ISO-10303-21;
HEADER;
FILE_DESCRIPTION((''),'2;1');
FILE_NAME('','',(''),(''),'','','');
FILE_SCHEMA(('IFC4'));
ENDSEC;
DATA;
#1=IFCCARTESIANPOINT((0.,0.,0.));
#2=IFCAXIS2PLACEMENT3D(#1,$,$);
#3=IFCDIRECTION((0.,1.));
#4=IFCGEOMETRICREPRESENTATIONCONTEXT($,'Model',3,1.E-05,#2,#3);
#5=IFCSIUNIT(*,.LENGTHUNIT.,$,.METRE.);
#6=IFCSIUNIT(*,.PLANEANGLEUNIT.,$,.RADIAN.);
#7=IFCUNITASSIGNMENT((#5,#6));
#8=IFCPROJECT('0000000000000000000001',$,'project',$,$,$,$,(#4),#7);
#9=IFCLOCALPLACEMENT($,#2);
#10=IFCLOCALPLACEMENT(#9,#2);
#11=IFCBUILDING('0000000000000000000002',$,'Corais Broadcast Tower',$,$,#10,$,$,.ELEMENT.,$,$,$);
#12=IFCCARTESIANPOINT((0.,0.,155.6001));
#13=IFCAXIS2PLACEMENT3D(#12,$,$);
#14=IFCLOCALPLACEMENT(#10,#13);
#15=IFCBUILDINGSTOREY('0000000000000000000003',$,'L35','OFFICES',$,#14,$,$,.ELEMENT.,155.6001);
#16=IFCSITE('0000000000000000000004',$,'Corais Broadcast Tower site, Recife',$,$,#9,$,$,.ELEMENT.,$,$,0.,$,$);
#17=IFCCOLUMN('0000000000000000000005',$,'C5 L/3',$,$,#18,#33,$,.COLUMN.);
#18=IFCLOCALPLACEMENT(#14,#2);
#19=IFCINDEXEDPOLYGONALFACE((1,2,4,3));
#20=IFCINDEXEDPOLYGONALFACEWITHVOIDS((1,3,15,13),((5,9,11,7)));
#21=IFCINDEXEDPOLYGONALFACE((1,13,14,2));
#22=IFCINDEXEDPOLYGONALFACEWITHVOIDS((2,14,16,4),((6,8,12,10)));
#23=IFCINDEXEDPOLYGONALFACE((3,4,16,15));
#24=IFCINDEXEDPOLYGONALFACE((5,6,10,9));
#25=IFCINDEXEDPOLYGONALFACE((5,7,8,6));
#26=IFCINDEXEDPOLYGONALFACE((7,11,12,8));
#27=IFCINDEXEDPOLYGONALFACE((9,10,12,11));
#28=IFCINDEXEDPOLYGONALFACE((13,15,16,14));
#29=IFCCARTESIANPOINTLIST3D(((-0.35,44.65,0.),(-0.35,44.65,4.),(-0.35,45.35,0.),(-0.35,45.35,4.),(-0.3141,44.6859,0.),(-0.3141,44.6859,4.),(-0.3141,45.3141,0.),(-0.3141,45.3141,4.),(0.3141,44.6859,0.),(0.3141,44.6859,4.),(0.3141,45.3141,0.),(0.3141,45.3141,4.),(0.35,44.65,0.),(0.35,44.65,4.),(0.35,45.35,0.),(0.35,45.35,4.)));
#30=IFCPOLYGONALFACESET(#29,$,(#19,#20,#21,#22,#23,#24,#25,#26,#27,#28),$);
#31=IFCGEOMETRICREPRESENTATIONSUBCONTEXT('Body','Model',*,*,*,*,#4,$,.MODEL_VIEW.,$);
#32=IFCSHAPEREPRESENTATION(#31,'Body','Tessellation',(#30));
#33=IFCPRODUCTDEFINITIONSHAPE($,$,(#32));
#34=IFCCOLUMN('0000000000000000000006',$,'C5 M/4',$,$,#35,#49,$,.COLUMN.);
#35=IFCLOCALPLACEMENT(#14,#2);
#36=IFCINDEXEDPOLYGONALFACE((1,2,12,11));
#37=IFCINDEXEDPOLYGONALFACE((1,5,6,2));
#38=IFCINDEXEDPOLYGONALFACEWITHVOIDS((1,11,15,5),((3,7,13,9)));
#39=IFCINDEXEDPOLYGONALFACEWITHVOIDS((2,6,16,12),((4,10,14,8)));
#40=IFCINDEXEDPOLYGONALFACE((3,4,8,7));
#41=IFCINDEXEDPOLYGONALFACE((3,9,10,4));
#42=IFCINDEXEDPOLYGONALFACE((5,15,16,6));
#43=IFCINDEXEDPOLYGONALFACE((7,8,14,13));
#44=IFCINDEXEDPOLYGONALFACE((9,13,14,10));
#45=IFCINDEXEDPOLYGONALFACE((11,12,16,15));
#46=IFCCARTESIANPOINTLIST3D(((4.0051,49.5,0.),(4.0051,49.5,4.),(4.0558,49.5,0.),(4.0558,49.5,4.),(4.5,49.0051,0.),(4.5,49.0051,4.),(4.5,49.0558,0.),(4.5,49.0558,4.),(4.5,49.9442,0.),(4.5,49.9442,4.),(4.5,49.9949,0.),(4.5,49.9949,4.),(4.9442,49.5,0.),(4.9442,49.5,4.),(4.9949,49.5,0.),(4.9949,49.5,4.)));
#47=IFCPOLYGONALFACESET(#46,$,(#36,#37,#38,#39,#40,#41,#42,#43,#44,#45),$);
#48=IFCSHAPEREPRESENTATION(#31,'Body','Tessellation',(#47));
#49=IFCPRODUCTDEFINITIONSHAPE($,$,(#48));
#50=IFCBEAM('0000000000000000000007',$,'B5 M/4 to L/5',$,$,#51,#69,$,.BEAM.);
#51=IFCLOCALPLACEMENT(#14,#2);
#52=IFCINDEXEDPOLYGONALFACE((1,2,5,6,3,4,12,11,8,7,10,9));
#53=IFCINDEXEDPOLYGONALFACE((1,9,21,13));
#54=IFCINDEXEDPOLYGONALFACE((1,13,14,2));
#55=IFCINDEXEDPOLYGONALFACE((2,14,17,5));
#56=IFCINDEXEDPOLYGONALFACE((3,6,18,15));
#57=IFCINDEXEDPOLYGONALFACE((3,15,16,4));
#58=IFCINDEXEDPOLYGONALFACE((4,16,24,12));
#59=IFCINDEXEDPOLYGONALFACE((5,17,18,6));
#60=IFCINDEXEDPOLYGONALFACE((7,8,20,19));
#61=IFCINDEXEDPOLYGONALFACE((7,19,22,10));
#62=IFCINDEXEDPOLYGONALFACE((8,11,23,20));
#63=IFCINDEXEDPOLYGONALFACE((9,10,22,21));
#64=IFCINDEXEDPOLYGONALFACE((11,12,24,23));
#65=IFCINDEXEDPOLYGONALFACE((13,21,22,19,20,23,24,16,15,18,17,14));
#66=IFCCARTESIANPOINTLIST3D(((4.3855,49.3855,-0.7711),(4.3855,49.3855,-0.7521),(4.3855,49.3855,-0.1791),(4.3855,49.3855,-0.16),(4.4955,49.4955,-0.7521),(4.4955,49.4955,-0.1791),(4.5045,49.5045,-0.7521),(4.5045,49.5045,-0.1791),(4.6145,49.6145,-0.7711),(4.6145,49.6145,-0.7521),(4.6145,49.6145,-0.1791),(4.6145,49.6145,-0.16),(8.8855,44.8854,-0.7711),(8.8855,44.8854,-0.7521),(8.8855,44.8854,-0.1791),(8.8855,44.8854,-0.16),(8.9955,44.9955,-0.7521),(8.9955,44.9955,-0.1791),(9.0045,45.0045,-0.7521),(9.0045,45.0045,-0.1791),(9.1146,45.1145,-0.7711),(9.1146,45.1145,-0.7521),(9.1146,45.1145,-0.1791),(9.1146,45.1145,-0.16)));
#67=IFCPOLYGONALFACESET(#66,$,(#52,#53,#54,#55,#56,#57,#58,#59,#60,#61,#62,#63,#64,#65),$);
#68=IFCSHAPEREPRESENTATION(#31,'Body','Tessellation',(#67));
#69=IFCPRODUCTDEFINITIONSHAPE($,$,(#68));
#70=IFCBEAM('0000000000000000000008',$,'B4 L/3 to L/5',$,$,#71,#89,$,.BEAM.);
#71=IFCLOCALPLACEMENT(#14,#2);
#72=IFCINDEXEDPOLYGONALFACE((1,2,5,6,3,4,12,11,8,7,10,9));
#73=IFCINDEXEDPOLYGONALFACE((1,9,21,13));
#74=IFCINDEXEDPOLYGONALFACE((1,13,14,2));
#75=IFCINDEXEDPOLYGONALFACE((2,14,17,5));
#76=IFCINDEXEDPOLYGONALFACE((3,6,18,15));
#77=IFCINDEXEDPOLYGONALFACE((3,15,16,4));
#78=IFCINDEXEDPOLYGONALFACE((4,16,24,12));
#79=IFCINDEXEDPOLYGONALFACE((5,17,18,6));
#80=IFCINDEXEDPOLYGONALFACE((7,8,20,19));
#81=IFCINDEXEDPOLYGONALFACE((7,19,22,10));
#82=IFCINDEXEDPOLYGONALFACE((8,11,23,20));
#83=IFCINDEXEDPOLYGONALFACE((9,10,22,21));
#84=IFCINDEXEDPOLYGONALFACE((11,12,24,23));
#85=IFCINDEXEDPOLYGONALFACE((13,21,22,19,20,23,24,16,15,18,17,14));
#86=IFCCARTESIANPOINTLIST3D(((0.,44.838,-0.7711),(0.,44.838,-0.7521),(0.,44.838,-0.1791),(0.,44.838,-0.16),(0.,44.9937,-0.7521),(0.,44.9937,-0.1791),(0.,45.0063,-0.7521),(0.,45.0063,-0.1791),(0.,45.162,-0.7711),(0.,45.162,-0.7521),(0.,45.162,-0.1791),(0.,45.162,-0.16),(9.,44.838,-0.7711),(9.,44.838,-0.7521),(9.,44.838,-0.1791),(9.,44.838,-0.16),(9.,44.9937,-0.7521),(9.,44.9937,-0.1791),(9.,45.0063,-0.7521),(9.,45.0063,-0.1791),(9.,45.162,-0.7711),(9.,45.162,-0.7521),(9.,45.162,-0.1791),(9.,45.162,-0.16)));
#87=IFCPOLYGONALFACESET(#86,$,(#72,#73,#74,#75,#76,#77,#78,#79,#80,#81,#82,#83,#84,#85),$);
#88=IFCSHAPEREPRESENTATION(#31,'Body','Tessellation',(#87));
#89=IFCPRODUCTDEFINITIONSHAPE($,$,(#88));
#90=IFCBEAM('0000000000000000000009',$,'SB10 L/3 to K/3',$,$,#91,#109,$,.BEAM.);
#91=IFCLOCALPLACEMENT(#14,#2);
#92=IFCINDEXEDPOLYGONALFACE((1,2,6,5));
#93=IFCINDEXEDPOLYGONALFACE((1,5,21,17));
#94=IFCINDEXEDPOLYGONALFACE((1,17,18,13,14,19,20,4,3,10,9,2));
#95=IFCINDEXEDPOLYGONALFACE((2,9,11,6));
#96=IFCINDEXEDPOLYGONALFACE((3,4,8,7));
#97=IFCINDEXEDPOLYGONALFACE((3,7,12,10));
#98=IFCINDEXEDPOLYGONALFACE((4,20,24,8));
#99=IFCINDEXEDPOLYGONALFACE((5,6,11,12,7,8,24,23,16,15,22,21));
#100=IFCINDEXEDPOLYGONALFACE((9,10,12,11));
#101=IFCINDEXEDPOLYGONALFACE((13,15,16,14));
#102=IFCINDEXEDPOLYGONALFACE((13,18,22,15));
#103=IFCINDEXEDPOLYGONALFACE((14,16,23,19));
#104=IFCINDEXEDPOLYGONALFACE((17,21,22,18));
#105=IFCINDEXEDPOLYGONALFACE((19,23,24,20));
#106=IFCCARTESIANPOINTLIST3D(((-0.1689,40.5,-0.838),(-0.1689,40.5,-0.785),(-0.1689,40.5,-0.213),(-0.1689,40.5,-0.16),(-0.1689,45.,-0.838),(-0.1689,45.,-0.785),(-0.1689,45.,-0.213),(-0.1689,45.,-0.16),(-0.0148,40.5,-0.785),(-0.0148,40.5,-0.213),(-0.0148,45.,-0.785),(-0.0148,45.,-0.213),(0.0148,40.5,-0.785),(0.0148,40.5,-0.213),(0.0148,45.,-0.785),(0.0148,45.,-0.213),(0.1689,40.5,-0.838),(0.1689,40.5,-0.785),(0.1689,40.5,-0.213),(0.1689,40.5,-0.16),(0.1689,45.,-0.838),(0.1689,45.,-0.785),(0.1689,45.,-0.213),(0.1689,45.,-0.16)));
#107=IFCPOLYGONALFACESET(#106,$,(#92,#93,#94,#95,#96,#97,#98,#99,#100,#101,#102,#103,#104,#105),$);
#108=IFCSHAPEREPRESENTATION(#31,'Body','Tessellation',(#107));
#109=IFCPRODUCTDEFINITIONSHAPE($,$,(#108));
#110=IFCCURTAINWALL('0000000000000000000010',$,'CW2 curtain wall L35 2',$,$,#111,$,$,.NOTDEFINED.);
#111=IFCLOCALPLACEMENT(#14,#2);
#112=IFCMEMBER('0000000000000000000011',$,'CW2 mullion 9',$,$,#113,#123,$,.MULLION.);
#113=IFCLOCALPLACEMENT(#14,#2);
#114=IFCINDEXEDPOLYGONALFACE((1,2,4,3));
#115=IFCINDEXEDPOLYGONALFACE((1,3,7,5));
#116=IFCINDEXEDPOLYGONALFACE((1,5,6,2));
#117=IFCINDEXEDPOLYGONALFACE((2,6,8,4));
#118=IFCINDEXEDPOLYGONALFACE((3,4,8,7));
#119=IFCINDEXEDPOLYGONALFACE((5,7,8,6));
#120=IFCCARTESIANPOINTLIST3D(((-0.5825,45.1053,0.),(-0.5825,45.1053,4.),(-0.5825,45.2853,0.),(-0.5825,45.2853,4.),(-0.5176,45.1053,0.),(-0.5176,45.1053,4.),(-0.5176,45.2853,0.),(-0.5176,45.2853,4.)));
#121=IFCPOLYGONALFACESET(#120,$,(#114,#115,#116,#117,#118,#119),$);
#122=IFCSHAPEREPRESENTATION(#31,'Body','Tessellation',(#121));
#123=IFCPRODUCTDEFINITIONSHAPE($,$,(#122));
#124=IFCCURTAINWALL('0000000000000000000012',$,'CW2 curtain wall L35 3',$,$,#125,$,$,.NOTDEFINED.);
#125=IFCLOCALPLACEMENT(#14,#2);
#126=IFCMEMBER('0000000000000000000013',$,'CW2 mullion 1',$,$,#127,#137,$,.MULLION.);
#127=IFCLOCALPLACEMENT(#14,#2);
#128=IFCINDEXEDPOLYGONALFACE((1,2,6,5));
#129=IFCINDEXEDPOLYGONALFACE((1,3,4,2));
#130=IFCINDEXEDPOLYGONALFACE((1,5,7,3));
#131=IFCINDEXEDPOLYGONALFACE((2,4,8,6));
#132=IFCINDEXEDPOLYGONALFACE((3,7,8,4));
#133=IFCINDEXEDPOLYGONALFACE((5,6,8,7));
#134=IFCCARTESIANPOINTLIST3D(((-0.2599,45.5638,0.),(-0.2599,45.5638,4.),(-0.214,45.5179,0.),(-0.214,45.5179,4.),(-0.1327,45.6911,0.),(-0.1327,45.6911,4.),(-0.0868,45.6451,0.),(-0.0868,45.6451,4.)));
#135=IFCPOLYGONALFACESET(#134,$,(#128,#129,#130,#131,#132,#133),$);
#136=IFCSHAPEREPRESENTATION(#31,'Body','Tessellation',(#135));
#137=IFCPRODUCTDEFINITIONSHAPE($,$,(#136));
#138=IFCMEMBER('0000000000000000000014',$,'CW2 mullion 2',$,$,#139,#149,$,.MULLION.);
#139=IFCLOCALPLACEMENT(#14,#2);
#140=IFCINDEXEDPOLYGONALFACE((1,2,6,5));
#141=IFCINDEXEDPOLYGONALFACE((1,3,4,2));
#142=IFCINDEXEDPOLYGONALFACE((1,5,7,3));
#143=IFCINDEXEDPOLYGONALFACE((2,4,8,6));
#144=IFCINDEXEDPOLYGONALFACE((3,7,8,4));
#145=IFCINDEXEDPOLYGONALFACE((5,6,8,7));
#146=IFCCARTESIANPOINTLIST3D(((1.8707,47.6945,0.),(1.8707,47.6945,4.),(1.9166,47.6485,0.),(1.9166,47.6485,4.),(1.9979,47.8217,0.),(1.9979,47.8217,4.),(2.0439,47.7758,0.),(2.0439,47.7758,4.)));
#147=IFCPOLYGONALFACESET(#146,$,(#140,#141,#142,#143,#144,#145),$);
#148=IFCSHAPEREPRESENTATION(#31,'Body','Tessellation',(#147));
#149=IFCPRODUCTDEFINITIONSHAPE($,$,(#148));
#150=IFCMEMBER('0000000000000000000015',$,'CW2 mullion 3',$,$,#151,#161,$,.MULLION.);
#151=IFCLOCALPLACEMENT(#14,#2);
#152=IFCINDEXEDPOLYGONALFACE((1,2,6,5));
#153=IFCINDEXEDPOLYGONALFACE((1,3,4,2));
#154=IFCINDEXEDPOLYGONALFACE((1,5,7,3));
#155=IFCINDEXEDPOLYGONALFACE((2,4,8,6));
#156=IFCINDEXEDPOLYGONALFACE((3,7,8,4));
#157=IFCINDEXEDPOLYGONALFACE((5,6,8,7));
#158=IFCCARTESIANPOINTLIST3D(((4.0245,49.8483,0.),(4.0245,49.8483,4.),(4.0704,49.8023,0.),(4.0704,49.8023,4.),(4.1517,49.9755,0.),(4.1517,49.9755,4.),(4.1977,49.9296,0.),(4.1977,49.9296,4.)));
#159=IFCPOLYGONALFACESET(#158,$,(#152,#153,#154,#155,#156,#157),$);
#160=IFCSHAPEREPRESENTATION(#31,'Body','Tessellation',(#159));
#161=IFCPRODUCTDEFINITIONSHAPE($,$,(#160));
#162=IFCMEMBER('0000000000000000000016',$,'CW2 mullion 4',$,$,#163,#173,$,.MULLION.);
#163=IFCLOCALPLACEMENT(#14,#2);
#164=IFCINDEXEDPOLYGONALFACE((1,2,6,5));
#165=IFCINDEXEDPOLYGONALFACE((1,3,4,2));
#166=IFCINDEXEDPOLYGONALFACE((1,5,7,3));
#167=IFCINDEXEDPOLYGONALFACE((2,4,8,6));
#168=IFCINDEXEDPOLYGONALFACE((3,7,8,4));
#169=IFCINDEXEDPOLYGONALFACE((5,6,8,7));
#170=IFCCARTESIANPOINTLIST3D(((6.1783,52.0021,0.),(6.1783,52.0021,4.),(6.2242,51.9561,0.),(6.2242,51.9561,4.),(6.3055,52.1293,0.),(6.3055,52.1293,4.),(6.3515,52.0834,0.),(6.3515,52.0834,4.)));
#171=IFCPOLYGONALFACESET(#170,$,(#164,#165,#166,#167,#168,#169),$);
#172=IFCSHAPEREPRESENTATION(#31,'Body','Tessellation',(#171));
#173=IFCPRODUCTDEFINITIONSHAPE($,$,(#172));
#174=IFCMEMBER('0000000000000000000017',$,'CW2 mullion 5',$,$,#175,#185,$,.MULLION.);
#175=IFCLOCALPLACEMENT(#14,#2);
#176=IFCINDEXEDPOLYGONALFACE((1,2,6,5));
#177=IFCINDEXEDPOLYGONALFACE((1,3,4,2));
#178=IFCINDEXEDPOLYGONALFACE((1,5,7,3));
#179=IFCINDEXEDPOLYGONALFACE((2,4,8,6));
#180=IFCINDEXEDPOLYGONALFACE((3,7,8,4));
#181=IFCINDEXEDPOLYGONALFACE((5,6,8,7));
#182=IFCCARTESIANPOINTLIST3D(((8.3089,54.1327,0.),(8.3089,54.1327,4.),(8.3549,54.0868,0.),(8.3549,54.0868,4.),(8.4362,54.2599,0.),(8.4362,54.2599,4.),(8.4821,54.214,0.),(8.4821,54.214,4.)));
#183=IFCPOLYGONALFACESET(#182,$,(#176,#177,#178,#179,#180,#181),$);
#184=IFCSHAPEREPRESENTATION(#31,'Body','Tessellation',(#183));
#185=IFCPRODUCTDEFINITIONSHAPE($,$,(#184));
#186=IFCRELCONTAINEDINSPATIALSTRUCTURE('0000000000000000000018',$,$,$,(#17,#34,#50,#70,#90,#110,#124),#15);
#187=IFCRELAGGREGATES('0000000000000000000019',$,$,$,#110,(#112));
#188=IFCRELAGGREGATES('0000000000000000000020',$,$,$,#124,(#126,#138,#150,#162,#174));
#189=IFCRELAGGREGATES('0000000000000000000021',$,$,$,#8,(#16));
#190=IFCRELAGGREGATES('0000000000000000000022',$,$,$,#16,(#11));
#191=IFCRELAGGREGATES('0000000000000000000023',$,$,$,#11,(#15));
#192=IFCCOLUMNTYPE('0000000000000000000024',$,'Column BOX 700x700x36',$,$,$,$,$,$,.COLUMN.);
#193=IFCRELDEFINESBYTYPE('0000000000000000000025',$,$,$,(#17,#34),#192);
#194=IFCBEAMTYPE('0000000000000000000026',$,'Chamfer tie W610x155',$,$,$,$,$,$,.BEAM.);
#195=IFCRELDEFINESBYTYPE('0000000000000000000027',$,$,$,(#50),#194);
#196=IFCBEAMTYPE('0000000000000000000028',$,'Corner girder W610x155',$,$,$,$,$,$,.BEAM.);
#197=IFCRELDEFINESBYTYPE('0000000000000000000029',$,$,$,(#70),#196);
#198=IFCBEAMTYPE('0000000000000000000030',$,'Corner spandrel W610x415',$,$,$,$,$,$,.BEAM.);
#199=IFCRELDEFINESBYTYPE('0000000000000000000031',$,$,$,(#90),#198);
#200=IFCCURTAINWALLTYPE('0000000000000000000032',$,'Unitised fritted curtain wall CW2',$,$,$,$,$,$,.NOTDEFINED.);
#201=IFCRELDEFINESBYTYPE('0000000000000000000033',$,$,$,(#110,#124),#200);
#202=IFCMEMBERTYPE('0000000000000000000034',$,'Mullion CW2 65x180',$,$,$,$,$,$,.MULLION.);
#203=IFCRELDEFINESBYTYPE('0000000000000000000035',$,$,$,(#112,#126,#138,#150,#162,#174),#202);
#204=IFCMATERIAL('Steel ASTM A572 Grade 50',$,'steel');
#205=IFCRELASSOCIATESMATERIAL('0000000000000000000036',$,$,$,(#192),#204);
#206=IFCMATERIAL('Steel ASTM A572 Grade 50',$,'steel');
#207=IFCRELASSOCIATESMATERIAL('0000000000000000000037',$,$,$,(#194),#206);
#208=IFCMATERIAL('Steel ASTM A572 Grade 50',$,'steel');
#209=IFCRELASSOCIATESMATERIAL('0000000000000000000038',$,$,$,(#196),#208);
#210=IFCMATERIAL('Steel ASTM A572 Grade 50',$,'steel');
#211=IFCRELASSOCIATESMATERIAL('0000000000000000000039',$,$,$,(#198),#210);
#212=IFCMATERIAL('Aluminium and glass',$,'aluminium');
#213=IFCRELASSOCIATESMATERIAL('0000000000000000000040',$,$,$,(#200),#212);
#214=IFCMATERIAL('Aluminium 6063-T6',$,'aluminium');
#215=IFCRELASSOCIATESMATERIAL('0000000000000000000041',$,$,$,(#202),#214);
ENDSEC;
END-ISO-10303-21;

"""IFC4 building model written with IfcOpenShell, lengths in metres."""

from ifc_helpers import new_model, si_unit, direction, frame, origin, origin_2d, place, context, subcontext, project, spatial, rectangle, hollow_rectangle, i_section, extrude, material, material_profile, profile_set, type_object, element, aggregate, save


model = new_model("IFC4")

# Units and contexts
model_context = context("Model", 3, precision=1e-05, world=origin(), true_north=direction((0.0, 1.0)))
body_context = subcontext(model_context, "Body", "Model", "MODEL_VIEW")
ifc_project = project(units=[si_unit("LENGTHUNIT", "METRE"), si_unit("PLANEANGLEUNIT", "RADIAN")], contexts=[model_context])

# Site, building, storey
site_placement = place(None, origin())
site = spatial("IfcSite", under=ifc_project, at=site_placement, Name="Corais Broadcast Tower site, Recife", CompositionType="ELEMENT", RefElevation=0.0)
building_placement = place(site_placement, origin())
building = spatial("IfcBuilding", under=site, at=building_placement, Name="Corais Broadcast Tower", CompositionType="ELEMENT")
storey_placement = place(building_placement, frame((0.0, 0.0, 155.6001)))
storey = spatial("IfcBuildingStorey", under=building, at=storey_placement, Name="L35", Description="OFFICES", CompositionType="ELEMENT", Elevation=155.6001)

# Columns
ifc_material_1 = material(Name="Steel ASTM A572 Grade 50", Category="steel")
ifc_material_profile_1 = material_profile(ifc_material_1, hollow_rectangle(XDim=0.7, YDim=0.7, WallThickness=0.0359, at=origin_2d()), Name="BOX 700x700x36")
ifc_profile_set_1 = profile_set([ifc_material_profile_1], Name="Steel ASTM A572 Grade 50")
column_type = type_object("IfcColumnType", Name="Column BOX 700x700x36", PredefinedType="COLUMN", material=ifc_profile_set_1)
for number, where, z_axis, x_axis, name in (
    (1, (0.0, 45.0, 0.0), (0.0, 0.0, 1.0), (1.0, 0.0, 0.0), "C5 L/3"),
    (2, (4.5, 49.5, 0.0), (0.0, 0.0, 1.0), (0.707107, 0.707107, 0.0), "C5 M/4"),
):
    element("IfcColumn", number, at=place(storey_placement, frame(where, z_axis=z_axis, x_axis=x_axis)), inside=storey, type_object=column_type, Name=name, PredefinedType="COLUMN", context=body_context, shape_type="SweptSolid", body=[
        extrude(hollow_rectangle(XDim=0.7, YDim=0.7, WallThickness=0.0359, at=origin_2d()), origin(), (0.0, 0.0, 1.0), 4.0),
    ])

# Beams
ifc_material_2 = material(Name="Steel ASTM A572 Grade 50", Category="steel")
ifc_material_profile_2 = material_profile(ifc_material_2, i_section(OverallWidth=0.324, OverallDepth=0.6111, WebThickness=0.0127, FlangeThickness=0.019, at=origin_2d()), Name="W610x155")
ifc_profile_set_2 = profile_set([ifc_material_profile_2], Name="Steel ASTM A572 Grade 50")
beam_type_1 = type_object("IfcBeamType", Name="Chamfer tie W610x155", PredefinedType="BEAM", material=ifc_profile_set_2)
beam_1_placement = place(storey_placement, frame((4.5, 49.5, -0.4656), z_axis=(0.707107, -0.707107, 0.0), x_axis=(0.707107, 0.707107, 0.0)))
element("IfcBeam", 3, at=beam_1_placement, inside=storey, type_object=beam_type_1, Name="B5 M/4 to L/5", PredefinedType="BEAM", context=body_context, shape_type="SweptSolid", body=[
    extrude(i_section(OverallWidth=0.324, OverallDepth=0.6111, WebThickness=0.0127, FlangeThickness=0.019, at=origin_2d()), origin(), (0.0, 0.0, 1.0), 6.364),
])
ifc_material_3 = material(Name="Steel ASTM A572 Grade 50", Category="steel")
ifc_material_profile_3 = material_profile(ifc_material_3, i_section(OverallWidth=0.324, OverallDepth=0.6111, WebThickness=0.0127, FlangeThickness=0.019, at=origin_2d()), Name="W610x155")
ifc_profile_set_3 = profile_set([ifc_material_profile_3], Name="Steel ASTM A572 Grade 50")
beam_type_2 = type_object("IfcBeamType", Name="Corner girder W610x155", PredefinedType="BEAM", material=ifc_profile_set_3)
beam_2_placement = place(storey_placement, frame((0.0, 45.0, -0.4656), z_axis=(1.0, 0.0, 0.0), x_axis=(0.0, 1.0, 0.0)))
element("IfcBeam", 4, at=beam_2_placement, inside=storey, type_object=beam_type_2, Name="B4 L/3 to L/5", PredefinedType="BEAM", context=body_context, shape_type="SweptSolid", body=[
    extrude(i_section(OverallWidth=0.324, OverallDepth=0.6111, WebThickness=0.0127, FlangeThickness=0.019, at=origin_2d()), origin(), (0.0, 0.0, 1.0), 9.0),
])
ifc_material_4 = material(Name="Steel ASTM A572 Grade 50", Category="steel")
ifc_material_profile_4 = material_profile(ifc_material_4, i_section(OverallWidth=0.3379, OverallDepth=0.678, WebThickness=0.0295, FlangeThickness=0.053, at=origin_2d()), Name="W610x415")
ifc_profile_set_4 = profile_set([ifc_material_profile_4], Name="Steel ASTM A572 Grade 50")
beam_type_3 = type_object("IfcBeamType", Name="Corner spandrel W610x415", PredefinedType="BEAM", material=ifc_profile_set_4)
beam_3_placement = place(storey_placement, frame((0.0, 45.0, -0.499), z_axis=(0.0, -1.0, 0.0), x_axis=(1.0, 0.0, 0.0)))
element("IfcBeam", 5, at=beam_3_placement, inside=storey, type_object=beam_type_3, Name="SB10 L/3 to K/3", PredefinedType="BEAM", context=body_context, shape_type="SweptSolid", body=[
    extrude(i_section(OverallWidth=0.3379, OverallDepth=0.678, WebThickness=0.0295, FlangeThickness=0.053, at=origin_2d()), origin(), (0.0, 0.0, 1.0), 4.5),
])

# Curtain wall, member
ifc_material_5 = material(Name="Aluminium and glass", Category="aluminium")
curtain_wall_type = type_object("IfcCurtainWallType", Name="Unitised fritted curtain wall CW2", PredefinedType="NOTDEFINED", material=ifc_material_5)
curtain_wall_1_placement = place(storey_placement, origin())
curtain_wall_1 = element("IfcCurtainWall", 6, at=curtain_wall_1_placement, inside=storey, type_object=curtain_wall_type, Name="CW2 curtain wall L35 2", PredefinedType="NOTDEFINED")
ifc_material_6 = material(Name="Aluminium 6063-T6", Category="aluminium")
ifc_material_profile_5 = material_profile(ifc_material_6, rectangle(XDim=0.0649, YDim=0.1799, at=origin_2d()), Name="Mullion CW2 65x180")
ifc_profile_set_5 = profile_set([ifc_material_profile_5], Name="Aluminium 6063-T6")
member_type_1 = type_object("IfcMemberType", Name="Mullion CW2 65x180", PredefinedType="MULLION", material=ifc_profile_set_5)
member_1_placement = place(storey_placement, frame((-0.55, 45.1953, 0.0), z_axis=(0.0, 0.0, 1.0), x_axis=(-1.0, 0.0, 0.0)))
member_1 = element("IfcMember", 7, at=member_1_placement, type_object=member_type_1, Name="CW2 mullion 9", PredefinedType="MULLION", context=body_context, shape_type="SweptSolid", body=[
    extrude(rectangle(XDim=0.0649, YDim=0.1799, at=origin_2d()), origin(), (0.0, 0.0, 1.0), 4.0),
])

# Curtain wall, members
curtain_wall_2_placement = place(storey_placement, origin())
curtain_wall_2 = element("IfcCurtainWall", 8, at=curtain_wall_2_placement, inside=storey, type_object=curtain_wall_type, Name="CW2 curtain wall L35 3", PredefinedType="NOTDEFINED")
member_2_placement = place(storey_placement, frame((-0.1733, 45.6045, 0.0), z_axis=(0.0, 0.0, 1.0), x_axis=(-0.707107, 0.707107, 0.0)))
member_2 = element("IfcMember", 9, at=member_2_placement, type_object=member_type_1, Name="CW2 mullion 1", PredefinedType="MULLION", context=body_context, shape_type="SweptSolid", body=[
    extrude(rectangle(XDim=0.0649, YDim=0.1799, at=origin_2d()), origin(), (0.0, 0.0, 1.0), 4.0),
])
member_3_placement = place(storey_placement, frame((1.9573, 47.7351, 0.0), z_axis=(0.0, 0.0, 1.0), x_axis=(-0.707107, 0.707107, 0.0)))
member_3 = element("IfcMember", 10, at=member_3_placement, type_object=member_type_1, Name="CW2 mullion 2", PredefinedType="MULLION", context=body_context, shape_type="SweptSolid", body=[
    extrude(rectangle(XDim=0.0649, YDim=0.1799, at=origin_2d()), origin(), (0.0, 0.0, 1.0), 4.0),
])
member_4_placement = place(storey_placement, frame((4.1111, 49.8889, 0.0), z_axis=(0.0, 0.0, 1.0), x_axis=(-0.707107, 0.707107, 0.0)))
member_4 = element("IfcMember", 11, at=member_4_placement, type_object=member_type_1, Name="CW2 mullion 3", PredefinedType="MULLION", context=body_context, shape_type="SweptSolid", body=[
    extrude(rectangle(XDim=0.0649, YDim=0.1799, at=origin_2d()), origin(), (0.0, 0.0, 1.0), 4.0),
])
member_5_placement = place(storey_placement, frame((6.2649, 52.0427, 0.0), z_axis=(0.0, 0.0, 1.0), x_axis=(-0.707107, 0.707107, 0.0)))
member_5 = element("IfcMember", 12, at=member_5_placement, type_object=member_type_1, Name="CW2 mullion 4", PredefinedType="MULLION", context=body_context, shape_type="SweptSolid", body=[
    extrude(rectangle(XDim=0.0649, YDim=0.1799, at=origin_2d()), origin(), (0.0, 0.0, 1.0), 4.0),
])
member_6_placement = place(storey_placement, frame((8.3955, 54.1733, 0.0), z_axis=(0.0, 0.0, 1.0), x_axis=(-0.707107, 0.707107, 0.0)))
member_6 = element("IfcMember", 13, at=member_6_placement, type_object=member_type_1, Name="CW2 mullion 5", PredefinedType="MULLION", context=body_context, shape_type="SweptSolid", body=[
    extrude(rectangle(XDim=0.0649, YDim=0.1799, at=origin_2d()), origin(), (0.0, 0.0, 1.0), 4.0),
])

aggregate(curtain_wall_1, [member_1])
aggregate(curtain_wall_2, [member_2, member_3, member_4, member_5, member_6])

save(model, "model.ifc")
